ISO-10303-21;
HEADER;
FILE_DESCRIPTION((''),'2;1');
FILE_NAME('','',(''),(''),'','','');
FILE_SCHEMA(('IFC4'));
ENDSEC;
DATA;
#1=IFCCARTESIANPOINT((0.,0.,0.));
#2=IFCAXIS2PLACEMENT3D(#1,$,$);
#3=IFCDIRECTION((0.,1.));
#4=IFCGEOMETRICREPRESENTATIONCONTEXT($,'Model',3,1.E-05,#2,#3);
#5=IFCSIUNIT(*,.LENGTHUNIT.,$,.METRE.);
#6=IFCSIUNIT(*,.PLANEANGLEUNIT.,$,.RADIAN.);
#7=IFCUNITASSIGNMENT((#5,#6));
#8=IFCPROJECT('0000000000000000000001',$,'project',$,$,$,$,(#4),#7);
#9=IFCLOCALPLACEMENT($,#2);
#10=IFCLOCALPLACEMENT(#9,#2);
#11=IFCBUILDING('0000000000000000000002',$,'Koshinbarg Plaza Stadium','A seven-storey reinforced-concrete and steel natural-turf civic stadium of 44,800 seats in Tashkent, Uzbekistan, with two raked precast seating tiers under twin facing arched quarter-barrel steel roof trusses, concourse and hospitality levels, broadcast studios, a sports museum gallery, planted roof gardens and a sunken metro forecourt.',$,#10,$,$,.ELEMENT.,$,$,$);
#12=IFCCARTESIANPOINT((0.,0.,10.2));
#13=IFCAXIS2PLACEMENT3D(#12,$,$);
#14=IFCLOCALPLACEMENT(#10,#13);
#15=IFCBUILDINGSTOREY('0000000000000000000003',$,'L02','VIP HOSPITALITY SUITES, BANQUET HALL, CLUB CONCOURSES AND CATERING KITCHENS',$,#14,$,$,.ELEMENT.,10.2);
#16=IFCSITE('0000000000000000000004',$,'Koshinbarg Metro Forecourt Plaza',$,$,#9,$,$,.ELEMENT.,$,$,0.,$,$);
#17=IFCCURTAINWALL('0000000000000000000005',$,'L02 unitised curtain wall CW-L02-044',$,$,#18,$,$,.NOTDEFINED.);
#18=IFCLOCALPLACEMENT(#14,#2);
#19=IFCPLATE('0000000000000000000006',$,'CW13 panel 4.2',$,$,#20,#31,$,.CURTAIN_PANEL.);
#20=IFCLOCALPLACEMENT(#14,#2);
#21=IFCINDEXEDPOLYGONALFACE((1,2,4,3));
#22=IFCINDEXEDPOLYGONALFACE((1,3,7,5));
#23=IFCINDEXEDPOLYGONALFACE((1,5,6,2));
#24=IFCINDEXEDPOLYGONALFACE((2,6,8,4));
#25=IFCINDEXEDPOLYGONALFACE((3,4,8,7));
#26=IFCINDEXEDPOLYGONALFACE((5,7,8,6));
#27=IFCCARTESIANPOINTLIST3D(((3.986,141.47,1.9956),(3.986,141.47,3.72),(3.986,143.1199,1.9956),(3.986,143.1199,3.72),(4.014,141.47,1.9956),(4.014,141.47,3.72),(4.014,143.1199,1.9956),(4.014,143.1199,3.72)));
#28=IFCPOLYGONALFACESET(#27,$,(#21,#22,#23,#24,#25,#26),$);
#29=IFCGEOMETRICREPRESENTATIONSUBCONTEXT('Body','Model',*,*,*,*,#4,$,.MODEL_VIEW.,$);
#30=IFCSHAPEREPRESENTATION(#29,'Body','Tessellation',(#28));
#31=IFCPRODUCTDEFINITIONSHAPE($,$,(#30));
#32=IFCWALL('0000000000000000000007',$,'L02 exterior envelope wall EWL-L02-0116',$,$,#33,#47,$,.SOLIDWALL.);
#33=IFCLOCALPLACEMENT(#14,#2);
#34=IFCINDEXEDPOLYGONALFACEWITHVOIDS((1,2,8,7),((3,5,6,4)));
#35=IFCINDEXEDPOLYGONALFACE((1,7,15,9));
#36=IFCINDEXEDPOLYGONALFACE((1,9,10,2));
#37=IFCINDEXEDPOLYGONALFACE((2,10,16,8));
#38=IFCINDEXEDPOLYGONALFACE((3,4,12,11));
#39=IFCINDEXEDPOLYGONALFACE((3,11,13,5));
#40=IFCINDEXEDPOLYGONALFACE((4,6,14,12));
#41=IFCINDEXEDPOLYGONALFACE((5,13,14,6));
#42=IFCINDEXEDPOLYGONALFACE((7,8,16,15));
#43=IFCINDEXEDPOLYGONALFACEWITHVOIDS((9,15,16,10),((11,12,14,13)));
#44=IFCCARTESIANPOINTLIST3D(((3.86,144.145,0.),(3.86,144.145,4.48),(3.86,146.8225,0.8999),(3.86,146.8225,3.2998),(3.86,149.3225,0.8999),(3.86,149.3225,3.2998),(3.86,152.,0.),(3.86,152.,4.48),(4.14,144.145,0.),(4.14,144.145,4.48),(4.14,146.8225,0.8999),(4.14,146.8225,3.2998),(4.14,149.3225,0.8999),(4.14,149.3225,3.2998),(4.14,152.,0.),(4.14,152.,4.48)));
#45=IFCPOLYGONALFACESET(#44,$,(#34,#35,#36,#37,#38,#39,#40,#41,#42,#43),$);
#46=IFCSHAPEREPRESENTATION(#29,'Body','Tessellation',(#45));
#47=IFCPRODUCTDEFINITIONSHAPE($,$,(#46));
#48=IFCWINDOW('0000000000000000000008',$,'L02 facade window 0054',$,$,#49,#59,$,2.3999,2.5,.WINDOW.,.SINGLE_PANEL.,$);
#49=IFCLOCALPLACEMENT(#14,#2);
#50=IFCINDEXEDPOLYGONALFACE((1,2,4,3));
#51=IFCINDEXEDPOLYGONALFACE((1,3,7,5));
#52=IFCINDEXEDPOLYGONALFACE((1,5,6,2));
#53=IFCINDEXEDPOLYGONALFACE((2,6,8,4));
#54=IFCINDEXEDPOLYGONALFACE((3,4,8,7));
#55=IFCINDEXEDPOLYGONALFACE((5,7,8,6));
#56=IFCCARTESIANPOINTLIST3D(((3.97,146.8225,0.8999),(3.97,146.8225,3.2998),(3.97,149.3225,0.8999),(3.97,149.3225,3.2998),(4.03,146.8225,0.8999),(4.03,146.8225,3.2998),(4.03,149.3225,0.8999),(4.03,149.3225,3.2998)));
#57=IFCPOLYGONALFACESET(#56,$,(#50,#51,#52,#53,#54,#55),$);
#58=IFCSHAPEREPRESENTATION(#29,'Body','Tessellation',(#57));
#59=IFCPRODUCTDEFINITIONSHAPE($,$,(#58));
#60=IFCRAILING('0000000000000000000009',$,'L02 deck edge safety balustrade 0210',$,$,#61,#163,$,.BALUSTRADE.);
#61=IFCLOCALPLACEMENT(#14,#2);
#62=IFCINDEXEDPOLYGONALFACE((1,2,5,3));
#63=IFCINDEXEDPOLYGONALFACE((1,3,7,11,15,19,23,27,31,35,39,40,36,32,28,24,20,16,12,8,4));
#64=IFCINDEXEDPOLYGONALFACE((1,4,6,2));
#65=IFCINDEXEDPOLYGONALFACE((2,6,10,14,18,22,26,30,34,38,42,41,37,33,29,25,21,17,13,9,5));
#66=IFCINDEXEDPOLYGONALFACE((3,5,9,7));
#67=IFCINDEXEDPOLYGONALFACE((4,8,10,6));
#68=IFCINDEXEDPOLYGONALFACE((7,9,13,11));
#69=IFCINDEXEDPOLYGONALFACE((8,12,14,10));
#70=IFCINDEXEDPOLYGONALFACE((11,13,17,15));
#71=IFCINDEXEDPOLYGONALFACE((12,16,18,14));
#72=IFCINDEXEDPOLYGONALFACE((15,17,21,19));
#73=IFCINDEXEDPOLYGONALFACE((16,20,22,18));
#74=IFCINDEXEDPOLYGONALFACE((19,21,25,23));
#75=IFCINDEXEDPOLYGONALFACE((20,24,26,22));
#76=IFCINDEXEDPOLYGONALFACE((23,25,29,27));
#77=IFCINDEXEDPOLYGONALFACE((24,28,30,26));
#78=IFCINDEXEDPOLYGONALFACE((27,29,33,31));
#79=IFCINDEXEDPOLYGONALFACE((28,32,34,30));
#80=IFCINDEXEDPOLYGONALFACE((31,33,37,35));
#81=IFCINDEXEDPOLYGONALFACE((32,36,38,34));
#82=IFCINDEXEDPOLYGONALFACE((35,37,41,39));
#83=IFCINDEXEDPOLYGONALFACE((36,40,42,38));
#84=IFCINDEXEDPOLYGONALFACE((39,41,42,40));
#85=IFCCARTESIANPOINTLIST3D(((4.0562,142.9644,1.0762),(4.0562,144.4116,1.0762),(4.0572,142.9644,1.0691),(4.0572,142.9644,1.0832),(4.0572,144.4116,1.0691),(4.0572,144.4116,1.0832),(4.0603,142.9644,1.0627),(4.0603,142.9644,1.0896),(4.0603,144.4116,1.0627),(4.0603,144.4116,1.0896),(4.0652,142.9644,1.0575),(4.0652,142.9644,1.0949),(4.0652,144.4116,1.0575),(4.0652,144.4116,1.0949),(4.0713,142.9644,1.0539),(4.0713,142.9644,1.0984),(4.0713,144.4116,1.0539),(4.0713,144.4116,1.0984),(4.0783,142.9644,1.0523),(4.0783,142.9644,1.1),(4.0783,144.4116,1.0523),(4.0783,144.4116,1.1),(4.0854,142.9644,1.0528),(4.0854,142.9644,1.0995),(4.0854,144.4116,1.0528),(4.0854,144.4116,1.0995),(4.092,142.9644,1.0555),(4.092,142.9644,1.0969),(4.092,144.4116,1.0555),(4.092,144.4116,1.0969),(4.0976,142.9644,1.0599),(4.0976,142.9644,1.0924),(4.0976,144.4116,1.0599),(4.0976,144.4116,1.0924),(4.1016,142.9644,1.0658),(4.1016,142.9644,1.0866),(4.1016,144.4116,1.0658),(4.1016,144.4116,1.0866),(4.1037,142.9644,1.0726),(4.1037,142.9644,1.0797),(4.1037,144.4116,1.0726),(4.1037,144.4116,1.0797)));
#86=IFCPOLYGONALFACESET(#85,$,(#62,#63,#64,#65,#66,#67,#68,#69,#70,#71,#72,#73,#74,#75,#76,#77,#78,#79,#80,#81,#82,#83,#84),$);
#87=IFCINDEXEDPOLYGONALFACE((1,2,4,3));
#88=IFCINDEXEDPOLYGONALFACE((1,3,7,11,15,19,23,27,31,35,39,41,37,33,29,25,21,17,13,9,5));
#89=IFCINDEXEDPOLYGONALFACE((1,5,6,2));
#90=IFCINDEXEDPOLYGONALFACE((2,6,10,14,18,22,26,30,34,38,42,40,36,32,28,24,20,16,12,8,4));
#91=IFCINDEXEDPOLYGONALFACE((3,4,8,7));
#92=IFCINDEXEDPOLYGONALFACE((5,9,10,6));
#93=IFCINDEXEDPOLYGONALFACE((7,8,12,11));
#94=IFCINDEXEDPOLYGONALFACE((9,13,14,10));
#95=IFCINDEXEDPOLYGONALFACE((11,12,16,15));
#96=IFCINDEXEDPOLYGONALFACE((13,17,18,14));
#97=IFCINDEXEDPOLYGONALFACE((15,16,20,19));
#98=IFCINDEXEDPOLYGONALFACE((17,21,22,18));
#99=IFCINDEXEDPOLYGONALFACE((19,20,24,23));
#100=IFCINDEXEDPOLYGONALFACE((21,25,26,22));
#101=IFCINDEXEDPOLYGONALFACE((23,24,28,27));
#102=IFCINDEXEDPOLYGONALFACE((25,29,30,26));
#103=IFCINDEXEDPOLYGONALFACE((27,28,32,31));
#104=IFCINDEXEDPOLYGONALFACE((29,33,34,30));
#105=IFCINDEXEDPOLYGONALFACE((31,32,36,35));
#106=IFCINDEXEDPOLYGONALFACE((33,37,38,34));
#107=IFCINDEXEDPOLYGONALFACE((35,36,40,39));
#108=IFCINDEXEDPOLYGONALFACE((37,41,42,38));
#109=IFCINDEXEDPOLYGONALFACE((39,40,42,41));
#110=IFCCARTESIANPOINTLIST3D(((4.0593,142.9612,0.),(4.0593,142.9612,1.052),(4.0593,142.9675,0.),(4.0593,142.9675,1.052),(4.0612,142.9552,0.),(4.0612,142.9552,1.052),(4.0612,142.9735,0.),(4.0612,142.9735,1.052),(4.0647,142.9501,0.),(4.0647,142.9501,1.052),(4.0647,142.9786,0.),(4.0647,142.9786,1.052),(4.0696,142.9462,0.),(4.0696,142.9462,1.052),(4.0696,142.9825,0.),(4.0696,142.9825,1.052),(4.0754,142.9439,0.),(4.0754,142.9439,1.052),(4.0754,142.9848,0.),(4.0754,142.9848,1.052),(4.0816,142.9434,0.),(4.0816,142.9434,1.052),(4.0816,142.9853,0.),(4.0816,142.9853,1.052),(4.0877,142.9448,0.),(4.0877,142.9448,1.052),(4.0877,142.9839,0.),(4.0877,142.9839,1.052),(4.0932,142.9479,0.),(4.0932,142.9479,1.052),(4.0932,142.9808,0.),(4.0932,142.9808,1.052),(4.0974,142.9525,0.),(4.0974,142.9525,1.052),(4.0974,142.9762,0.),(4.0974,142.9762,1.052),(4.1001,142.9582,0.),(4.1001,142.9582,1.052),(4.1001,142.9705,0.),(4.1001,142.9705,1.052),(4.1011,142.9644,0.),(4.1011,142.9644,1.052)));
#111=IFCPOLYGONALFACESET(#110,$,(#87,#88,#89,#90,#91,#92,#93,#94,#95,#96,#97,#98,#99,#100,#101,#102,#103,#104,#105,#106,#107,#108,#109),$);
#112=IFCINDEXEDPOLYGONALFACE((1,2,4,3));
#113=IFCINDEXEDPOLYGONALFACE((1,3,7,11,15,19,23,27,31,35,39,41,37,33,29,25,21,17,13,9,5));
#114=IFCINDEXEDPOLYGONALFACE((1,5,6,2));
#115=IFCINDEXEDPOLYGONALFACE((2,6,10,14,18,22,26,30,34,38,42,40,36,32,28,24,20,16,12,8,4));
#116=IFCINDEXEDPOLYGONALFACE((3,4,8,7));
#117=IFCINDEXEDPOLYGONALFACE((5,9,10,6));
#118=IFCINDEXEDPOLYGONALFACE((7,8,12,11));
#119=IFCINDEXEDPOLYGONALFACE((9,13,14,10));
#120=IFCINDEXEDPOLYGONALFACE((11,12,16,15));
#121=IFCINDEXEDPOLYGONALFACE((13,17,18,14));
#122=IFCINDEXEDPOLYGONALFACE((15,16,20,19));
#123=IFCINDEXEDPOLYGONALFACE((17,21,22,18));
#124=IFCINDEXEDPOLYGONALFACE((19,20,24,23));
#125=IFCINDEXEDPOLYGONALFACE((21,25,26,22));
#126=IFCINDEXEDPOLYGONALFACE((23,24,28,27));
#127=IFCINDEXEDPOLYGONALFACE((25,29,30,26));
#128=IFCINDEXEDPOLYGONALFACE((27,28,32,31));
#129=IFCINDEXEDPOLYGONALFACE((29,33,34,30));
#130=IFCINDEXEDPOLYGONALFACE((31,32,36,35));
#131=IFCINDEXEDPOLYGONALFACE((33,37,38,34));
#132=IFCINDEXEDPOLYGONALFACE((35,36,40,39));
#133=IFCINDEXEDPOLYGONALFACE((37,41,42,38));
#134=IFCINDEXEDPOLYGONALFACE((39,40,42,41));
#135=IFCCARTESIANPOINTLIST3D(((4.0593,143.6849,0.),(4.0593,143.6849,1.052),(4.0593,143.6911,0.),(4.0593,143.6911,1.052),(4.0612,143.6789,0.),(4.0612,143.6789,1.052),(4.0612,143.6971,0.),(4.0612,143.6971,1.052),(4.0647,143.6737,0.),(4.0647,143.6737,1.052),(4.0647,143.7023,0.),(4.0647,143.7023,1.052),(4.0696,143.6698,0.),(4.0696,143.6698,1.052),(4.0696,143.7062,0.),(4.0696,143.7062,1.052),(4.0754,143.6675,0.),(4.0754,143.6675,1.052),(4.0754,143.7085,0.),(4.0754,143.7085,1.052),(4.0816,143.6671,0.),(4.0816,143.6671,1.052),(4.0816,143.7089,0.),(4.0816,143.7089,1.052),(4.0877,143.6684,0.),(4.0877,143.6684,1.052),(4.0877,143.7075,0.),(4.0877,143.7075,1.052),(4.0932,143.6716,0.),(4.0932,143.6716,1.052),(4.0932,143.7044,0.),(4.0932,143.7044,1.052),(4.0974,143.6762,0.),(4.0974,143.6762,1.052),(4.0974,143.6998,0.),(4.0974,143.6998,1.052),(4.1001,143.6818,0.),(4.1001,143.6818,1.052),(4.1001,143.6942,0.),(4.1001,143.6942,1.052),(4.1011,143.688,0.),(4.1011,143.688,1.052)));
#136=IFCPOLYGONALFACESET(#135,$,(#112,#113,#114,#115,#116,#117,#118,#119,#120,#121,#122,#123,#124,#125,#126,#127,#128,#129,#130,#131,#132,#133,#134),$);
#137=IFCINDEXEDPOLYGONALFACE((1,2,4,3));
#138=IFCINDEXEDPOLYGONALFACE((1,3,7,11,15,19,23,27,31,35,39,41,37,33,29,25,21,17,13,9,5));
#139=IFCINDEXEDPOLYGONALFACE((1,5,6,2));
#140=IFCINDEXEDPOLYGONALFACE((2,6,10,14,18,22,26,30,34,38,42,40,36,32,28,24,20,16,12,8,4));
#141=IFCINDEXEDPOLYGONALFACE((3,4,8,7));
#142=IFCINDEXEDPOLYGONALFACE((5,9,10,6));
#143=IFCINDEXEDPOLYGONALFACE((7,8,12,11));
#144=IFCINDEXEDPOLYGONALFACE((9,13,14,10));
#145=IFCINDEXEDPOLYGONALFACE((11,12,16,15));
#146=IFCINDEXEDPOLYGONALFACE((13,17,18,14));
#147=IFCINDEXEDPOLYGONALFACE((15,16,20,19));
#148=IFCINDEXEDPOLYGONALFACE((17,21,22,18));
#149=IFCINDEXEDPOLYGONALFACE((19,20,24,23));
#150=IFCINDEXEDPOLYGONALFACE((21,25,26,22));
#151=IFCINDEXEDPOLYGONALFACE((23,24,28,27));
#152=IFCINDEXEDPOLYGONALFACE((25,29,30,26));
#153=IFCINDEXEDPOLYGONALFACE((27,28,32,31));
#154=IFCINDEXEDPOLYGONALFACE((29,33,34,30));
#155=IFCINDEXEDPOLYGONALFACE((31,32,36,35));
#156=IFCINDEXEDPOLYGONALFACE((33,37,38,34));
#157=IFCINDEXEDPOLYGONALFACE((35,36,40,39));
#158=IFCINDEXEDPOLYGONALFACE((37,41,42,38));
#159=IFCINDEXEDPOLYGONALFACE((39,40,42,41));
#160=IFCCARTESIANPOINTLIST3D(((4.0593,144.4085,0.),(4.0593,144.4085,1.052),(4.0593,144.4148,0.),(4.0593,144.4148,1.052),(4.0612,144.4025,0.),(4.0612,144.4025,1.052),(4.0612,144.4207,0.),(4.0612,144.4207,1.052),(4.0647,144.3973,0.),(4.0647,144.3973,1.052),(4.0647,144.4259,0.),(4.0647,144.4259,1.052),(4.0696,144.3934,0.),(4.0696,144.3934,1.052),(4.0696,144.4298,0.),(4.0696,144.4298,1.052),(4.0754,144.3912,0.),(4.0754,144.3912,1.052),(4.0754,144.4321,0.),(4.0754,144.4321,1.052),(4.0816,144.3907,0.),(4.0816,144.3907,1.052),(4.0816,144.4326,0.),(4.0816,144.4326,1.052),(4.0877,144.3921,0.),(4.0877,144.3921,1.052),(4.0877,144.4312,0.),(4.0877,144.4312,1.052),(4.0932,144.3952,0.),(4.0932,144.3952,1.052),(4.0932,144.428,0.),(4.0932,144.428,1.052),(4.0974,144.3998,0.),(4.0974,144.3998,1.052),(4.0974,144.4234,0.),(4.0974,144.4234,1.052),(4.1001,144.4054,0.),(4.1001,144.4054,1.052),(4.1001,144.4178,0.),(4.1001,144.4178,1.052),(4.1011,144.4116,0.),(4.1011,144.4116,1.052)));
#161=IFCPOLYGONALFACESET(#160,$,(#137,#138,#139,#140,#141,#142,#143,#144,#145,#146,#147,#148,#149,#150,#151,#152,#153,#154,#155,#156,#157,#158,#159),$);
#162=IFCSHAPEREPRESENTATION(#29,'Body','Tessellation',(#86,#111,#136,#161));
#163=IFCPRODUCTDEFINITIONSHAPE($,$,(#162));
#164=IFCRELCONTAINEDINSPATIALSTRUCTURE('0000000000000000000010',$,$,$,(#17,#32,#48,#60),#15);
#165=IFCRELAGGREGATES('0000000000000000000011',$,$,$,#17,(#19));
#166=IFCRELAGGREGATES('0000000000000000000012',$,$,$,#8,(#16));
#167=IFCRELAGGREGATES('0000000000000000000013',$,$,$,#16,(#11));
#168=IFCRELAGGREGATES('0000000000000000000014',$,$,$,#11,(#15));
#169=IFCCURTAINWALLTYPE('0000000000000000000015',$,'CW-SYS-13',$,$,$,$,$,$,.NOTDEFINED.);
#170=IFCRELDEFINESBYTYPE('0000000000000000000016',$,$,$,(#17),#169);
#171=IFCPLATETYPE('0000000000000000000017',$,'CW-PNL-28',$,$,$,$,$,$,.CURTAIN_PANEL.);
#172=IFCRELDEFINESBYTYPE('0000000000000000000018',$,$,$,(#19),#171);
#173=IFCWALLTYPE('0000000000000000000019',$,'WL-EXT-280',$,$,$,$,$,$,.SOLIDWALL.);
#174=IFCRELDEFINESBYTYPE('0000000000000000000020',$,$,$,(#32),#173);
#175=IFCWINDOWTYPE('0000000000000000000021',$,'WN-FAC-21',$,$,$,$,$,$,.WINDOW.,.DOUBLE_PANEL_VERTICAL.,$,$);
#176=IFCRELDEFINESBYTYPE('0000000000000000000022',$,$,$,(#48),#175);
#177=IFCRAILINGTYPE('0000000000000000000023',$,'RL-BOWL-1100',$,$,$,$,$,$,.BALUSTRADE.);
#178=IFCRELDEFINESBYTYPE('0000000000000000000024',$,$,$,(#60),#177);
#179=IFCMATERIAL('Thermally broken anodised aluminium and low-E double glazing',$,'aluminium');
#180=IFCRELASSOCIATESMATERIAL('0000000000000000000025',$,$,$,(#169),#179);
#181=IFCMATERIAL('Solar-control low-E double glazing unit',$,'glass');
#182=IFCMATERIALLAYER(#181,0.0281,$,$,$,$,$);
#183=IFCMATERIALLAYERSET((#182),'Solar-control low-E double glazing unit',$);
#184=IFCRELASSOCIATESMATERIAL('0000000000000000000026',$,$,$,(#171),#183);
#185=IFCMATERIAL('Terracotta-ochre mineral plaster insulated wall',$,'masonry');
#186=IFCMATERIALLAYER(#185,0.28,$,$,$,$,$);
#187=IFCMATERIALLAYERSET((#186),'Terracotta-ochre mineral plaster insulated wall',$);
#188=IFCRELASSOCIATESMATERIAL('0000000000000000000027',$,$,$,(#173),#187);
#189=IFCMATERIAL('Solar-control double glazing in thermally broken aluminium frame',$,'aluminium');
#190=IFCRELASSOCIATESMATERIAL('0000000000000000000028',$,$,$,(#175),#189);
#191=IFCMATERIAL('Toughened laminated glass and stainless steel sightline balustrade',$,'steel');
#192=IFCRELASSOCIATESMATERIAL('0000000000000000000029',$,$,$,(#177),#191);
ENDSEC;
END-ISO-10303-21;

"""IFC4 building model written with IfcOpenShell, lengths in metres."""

from ifc_helpers import new_model, si_unit, direction, frame, frame_2d, origin, origin_2d, place, context, subcontext, project, spatial, rectangle, circle, extrude, material, layer, layer_set, type_object, element, fill, aggregate, save


model = new_model("IFC4")

# Units and contexts
model_context = context("Model", 3, precision=1e-05, world=origin(), true_north=direction((0.0, 1.0)))
body_context = subcontext(model_context, "Body", "Model", "MODEL_VIEW")
ifc_project = project(units=[si_unit("LENGTHUNIT", "METRE"), si_unit("PLANEANGLEUNIT", "RADIAN")], contexts=[model_context])

# Site, building, storey
site_placement = place(None, origin())
site = spatial("IfcSite", under=ifc_project, at=site_placement, Name="Koshinbarg Metro Forecourt Plaza", CompositionType="ELEMENT", RefElevation=0.0)
building_placement = place(site_placement, origin())
building = spatial("IfcBuilding", under=site, at=building_placement, Name="Koshinbarg Plaza Stadium", Description="A seven-storey reinforced-concrete and steel natural-turf civic stadium of 44,800 seats in Tashkent, Uzbekistan, with two raked precast seating tiers under twin facing arched quarter-barrel steel roof trusses, concourse and hospitality levels, broadcast studios, a sports museum gallery, planted roof gardens and a sunken metro forecourt.", CompositionType="ELEMENT")
storey_placement = place(building_placement, frame((0.0, 0.0, 10.2)))
storey = spatial("IfcBuildingStorey", under=building, at=storey_placement, Name="L02", Description="VIP HOSPITALITY SUITES, BANQUET HALL, CLUB CONCOURSES AND CATERING KITCHENS", CompositionType="ELEMENT", Elevation=10.2)

# Curtain wall, plate
ifc_material_1 = material(Name="Thermally broken anodised aluminium and low-E double glazing", Category="aluminium")
curtain_wall_type = type_object("IfcCurtainWallType", Name="CW-SYS-13", PredefinedType="NOTDEFINED", material=ifc_material_1)
curtain_wall_placement = place(storey_placement, origin())
curtain_wall = element("IfcCurtainWall", 1, at=curtain_wall_placement, inside=storey, type_object=curtain_wall_type, Name="L02 unitised curtain wall CW-L02-044", PredefinedType="NOTDEFINED")
ifc_material_2 = material(Name="Solar-control low-E double glazing unit", Category="glass")
ifc_layer_1 = layer(ifc_material_2, 0.0281)
ifc_layer_set_1 = layer_set([ifc_layer_1], Name="Solar-control low-E double glazing unit")
plate_type = type_object("IfcPlateType", Name="CW-PNL-28", PredefinedType="CURTAIN_PANEL", material=ifc_layer_set_1)
plate_1_placement = place(storey_placement, frame((4.0, 142.2949, 1.9956), z_axis=(0.0, 0.0, 1.0), x_axis=(0.0, 1.0, 0.0)))
plate_1 = element("IfcPlate", 2, at=plate_1_placement, type_object=plate_type, Name="CW13 panel 4.2", PredefinedType="CURTAIN_PANEL", context=body_context, shape_type="SweptSolid", body=[
    extrude(rectangle(XDim=1.6499, YDim=0.0281, at=origin_2d()), origin(), (0.0, 0.0, 1.0), 1.7244),
])
aggregate(curtain_wall, [plate_1])

# Wall, opening, window
ifc_material_3 = material(Name="Terracotta-ochre mineral plaster insulated wall", Category="masonry")
ifc_layer_2 = layer(ifc_material_3, 0.28)
ifc_layer_set_2 = layer_set([ifc_layer_2], Name="Terracotta-ochre mineral plaster insulated wall")
wall_type = type_object("IfcWallType", Name="WL-EXT-280", PredefinedType="SOLIDWALL", material=ifc_layer_set_2)
wall_placement = place(storey_placement, frame((4.0, 144.145, 0.0), z_axis=(0.0, 0.0, 1.0), x_axis=(0.0, 1.0, 0.0)))
wall = element("IfcWall", 3, at=wall_placement, inside=storey, type_object=wall_type, Name="L02 exterior envelope wall EWL-L02-0116", PredefinedType="SOLIDWALL", context=body_context, shape_type="SweptSolid", body=[
    extrude(rectangle(XDim=7.855, YDim=0.28, at=frame_2d((3.9275, 0.0))), origin(), (0.0, 0.0, 1.0), 4.48),
])
opening_placement = place(wall_placement, frame((2.6775, 0.0, 0.8999)))
opening = element("IfcOpeningElement", 4, at=opening_placement, cuts=wall, PredefinedType="OPENING", context=body_context, shape_type="SweptSolid", body=[
    extrude(rectangle(XDim=2.5, YDim=2.3999, at=frame_2d((1.25, 1.2))), frame((0.0, 0.1499, 0.0), z_axis=(0.0, -1.0, 0.0), x_axis=(1.0, 0.0, 0.0)), (0.0, 0.0, 1.0), 0.3),
])
ifc_material_4 = material(Name="Solar-control double glazing in thermally broken aluminium frame", Category="aluminium")
window_type = type_object("IfcWindowType", Name="WN-FAC-21", PartitioningType="DOUBLE_PANEL_VERTICAL", PredefinedType="WINDOW", material=ifc_material_4)
window_placement = place(opening_placement, origin())
window = element("IfcWindow", 5, at=window_placement, inside=storey, type_object=window_type, Name="L02 facade window 0054", OverallHeight=2.3999, OverallWidth=2.5, PartitioningType="SINGLE_PANEL", PredefinedType="WINDOW", context=body_context, shape_type="SweptSolid", body=[
    extrude(rectangle(XDim=2.5, YDim=2.3999, at=frame_2d((1.25, 1.2))), frame((0.0, 0.03, 0.0), z_axis=(0.0, -1.0, 0.0), x_axis=(1.0, 0.0, 0.0)), (0.0, 0.0, 1.0), 0.0601),
])
fill(opening, window)

# Railing
ifc_material_5 = material(Name="Toughened laminated glass and stainless steel sightline balustrade", Category="steel")
railing_type = type_object("IfcRailingType", Name="RL-BOWL-1100", PredefinedType="BALUSTRADE", material=ifc_material_5)
railing_placement = place(storey_placement, frame((4.0801, 142.9644, 0.0)))
element("IfcRailing", 6, at=railing_placement, inside=storey, type_object=railing_type, Name="L02 deck edge safety balustrade 0210", PredefinedType="BALUSTRADE", context=body_context, shape_type="SweptSolid", body=[
    extrude(circle(Radius=0.0239, at=origin_2d()), frame((0.0, 0.0, 1.0762), z_axis=(0.0, 1.0, 0.0), x_axis=(-1.0, 0.0, 0.0)), (0.0, 0.0, 1.0), 1.4473),
    extrude(circle(Radius=0.021, at=origin_2d()), origin(), (0.0, 0.0, 1.0), 1.052),
    extrude(circle(Radius=0.021, at=origin_2d()), frame((0.0, 0.7236, 0.0)), (0.0, 0.0, 1.0), 1.052),
    extrude(circle(Radius=0.021, at=origin_2d()), frame((0.0, 1.4473, 0.0)), (0.0, 0.0, 1.0), 1.052),
])

save(model, "model.ifc")
